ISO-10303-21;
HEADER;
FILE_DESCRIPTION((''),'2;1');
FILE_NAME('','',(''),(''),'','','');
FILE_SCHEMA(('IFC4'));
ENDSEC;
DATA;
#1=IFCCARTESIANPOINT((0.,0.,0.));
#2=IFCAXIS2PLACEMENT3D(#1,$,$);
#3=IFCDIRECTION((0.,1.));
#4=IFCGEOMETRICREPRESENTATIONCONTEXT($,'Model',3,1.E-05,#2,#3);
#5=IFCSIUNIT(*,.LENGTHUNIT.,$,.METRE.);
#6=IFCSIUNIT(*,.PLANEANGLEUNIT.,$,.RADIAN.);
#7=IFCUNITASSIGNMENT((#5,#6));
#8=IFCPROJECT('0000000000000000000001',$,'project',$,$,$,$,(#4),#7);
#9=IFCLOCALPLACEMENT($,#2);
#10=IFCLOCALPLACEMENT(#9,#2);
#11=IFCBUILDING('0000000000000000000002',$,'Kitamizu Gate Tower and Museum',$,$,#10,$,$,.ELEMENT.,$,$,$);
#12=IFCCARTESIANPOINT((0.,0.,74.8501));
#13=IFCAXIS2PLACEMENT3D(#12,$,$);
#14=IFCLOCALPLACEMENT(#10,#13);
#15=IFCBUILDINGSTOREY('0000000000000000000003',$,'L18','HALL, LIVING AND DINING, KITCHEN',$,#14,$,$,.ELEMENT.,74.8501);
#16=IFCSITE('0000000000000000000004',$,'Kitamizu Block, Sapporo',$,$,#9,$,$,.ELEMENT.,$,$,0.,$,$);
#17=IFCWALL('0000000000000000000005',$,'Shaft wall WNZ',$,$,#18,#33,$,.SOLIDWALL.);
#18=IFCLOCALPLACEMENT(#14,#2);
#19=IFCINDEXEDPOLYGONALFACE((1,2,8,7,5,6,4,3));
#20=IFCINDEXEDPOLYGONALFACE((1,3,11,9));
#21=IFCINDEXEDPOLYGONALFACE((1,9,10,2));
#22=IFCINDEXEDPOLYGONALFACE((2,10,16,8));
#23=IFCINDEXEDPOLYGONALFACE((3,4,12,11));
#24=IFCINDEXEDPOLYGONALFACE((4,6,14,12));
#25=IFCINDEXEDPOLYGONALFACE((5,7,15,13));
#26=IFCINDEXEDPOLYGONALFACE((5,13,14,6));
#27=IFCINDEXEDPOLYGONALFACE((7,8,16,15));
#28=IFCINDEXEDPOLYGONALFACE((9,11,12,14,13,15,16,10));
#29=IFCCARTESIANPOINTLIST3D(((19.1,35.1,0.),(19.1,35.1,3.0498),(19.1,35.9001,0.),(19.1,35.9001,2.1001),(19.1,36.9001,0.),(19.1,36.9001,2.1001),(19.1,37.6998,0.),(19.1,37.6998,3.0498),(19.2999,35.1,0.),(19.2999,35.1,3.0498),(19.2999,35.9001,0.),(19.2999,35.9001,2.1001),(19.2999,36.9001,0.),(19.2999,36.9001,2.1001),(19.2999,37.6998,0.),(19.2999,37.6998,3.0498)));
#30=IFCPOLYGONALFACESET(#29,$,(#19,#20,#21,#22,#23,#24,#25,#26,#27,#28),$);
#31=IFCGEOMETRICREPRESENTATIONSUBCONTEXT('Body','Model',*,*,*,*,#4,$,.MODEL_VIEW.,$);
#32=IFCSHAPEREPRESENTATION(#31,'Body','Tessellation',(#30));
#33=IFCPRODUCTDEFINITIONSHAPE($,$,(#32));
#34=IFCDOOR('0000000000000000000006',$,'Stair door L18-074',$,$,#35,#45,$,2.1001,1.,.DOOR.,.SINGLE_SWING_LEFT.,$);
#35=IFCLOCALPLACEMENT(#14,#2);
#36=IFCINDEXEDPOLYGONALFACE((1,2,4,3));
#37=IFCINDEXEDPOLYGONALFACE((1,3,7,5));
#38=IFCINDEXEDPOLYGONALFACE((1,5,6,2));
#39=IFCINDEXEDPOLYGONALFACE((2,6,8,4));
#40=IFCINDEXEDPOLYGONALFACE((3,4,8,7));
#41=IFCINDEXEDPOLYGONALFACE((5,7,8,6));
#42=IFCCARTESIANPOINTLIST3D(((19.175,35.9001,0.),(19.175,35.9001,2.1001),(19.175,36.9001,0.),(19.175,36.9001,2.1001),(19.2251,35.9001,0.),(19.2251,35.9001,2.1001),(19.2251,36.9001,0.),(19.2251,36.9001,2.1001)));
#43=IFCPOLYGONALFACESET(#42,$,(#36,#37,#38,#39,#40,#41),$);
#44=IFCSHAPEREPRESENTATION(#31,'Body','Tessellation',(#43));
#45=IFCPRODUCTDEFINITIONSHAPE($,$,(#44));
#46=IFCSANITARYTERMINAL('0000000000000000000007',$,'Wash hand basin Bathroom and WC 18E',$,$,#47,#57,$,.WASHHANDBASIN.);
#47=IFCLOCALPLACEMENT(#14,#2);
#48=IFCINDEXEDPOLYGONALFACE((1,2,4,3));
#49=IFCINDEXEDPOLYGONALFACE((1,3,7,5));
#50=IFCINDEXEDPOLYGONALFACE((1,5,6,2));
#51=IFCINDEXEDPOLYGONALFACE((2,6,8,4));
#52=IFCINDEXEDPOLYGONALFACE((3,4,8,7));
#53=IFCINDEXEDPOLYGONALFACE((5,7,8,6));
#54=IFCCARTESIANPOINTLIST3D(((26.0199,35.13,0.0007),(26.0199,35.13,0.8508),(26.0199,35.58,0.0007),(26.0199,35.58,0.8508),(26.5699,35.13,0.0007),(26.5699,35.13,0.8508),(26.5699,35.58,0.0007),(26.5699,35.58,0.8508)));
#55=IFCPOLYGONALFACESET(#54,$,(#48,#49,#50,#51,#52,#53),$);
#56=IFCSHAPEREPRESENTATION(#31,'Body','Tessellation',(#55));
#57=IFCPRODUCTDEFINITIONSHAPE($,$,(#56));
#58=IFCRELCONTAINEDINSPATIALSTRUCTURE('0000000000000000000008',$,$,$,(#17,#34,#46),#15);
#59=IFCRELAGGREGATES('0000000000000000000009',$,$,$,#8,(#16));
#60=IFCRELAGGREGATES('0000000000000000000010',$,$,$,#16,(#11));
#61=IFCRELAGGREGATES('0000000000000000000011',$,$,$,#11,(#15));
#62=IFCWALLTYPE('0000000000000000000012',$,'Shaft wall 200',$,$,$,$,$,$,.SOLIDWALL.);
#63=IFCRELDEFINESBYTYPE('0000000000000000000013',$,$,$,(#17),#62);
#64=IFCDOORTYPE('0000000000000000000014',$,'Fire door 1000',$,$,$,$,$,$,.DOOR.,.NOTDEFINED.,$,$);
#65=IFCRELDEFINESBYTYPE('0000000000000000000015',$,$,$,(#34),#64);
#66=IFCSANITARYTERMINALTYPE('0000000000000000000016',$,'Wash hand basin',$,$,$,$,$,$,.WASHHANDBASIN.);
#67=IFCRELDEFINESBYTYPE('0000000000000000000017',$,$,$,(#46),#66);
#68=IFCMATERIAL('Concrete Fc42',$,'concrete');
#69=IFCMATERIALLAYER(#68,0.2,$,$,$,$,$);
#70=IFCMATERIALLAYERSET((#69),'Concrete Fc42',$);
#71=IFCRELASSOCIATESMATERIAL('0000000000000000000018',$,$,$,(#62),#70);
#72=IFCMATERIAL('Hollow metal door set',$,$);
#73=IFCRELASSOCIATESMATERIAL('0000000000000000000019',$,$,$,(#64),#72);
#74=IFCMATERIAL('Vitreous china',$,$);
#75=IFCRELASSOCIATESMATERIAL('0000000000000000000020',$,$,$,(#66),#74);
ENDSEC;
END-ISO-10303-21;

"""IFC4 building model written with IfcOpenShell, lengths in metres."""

from ifc_helpers import new_model, si_unit, direction, frame, frame_2d, origin, origin_2d, place, context, subcontext, project, spatial, rectangle, extrude, material, layer, layer_set, type_object, element, fill, save


model = new_model("IFC4")

# Units and contexts
model_context = context("Model", 3, precision=1e-05, world=origin(), true_north=direction((0.0, 1.0)))
body_context = subcontext(model_context, "Body", "Model", "MODEL_VIEW")
ifc_project = project(units=[si_unit("LENGTHUNIT", "METRE"), si_unit("PLANEANGLEUNIT", "RADIAN")], contexts=[model_context])

# Site, building, storey
site_placement = place(None, origin())
site = spatial("IfcSite", under=ifc_project, at=site_placement, Name="Kitamizu Block, Sapporo", CompositionType="ELEMENT", RefElevation=0.0)
building_placement = place(site_placement, origin())
building = spatial("IfcBuilding", under=site, at=building_placement, Name="Kitamizu Gate Tower and Museum", CompositionType="ELEMENT")
storey_placement = place(building_placement, frame((0.0, 0.0, 74.8501)))
storey = spatial("IfcBuildingStorey", under=building, at=storey_placement, Name="L18", Description="HALL, LIVING AND DINING, KITCHEN", CompositionType="ELEMENT", Elevation=74.8501)

# Wall, opening, door
ifc_material_1 = material(Name="Concrete Fc42", Category="concrete")
ifc_layer_1 = layer(ifc_material_1, 0.2)
ifc_layer_set_1 = layer_set([ifc_layer_1], Name="Concrete Fc42")
wall_type_1 = type_object("IfcWallType", Name="Shaft wall 200", PredefinedType="SOLIDWALL", material=ifc_layer_set_1)
wall_1_placement = place(storey_placement, frame((19.2, 35.1001, 0.0), z_axis=(0.0, 0.0, 1.0), x_axis=(0.0, 1.0, 0.0)))
wall_1 = element("IfcWall", 1, at=wall_1_placement, inside=storey, type_object=wall_type_1, Name="Shaft wall WNZ", PredefinedType="SOLIDWALL", context=body_context, shape_type="SweptSolid", body=[
    extrude(rectangle(XDim=2.5999, YDim=0.2, at=frame_2d((1.2998, 0.0))), origin(), (0.0, 0.0, 1.0), 3.0498),
])
opening_1_placement = place(wall_1_placement, frame((0.8, 0.0, 0.0)))
opening_1 = element("IfcOpeningElement", 2, at=opening_1_placement, cuts=wall_1, PredefinedType="OPENING", context=body_context, shape_type="SweptSolid", body=[
    extrude(rectangle(XDim=1.0, YDim=2.1001, at=frame_2d((0.5, 1.05))), frame((0.0, 0.1099, 0.0), z_axis=(0.0, -1.0, 0.0), x_axis=(1.0, 0.0, 0.0)), (0.0, 0.0, 1.0), 0.22),
])
ifc_material_2 = material(Name="Hollow metal door set")
door_type_1 = type_object("IfcDoorType", Name="Fire door 1000", OperationType="NOTDEFINED", PredefinedType="DOOR", material=ifc_material_2)
door_1_placement = place(opening_1_placement, origin())
door_1 = element("IfcDoor", 3, at=door_1_placement, inside=storey, type_object=door_type_1, Name="Stair door L18-074", OperationType="SINGLE_SWING_LEFT", OverallHeight=2.1001, OverallWidth=1.0, PredefinedType="DOOR", context=body_context, shape_type="SweptSolid", body=[
    extrude(rectangle(XDim=1.0, YDim=2.1001, at=frame_2d((0.5, 1.05))), frame((0.0, 0.0249, 0.0), z_axis=(0.0, -1.0, 0.0), x_axis=(1.0, 0.0, 0.0)), (0.0, 0.0, 1.0), 0.05),
])
fill(opening_1, door_1)

# Sanitary terminal
ifc_material_3 = material(Name="Vitreous china")
sanitary_terminal_type = type_object("IfcSanitaryTerminalType", Name="Wash hand basin", PredefinedType="WASHHANDBASIN", material=ifc_material_3)
sanitary_terminal_placement = place(storey_placement, frame((26.2949, 35.355, 0.0007), z_axis=(0.0, 0.0, 1.0), x_axis=(1.0, 0.0, 0.0)))
element("IfcSanitaryTerminal", 4, at=sanitary_terminal_placement, inside=storey, type_object=sanitary_terminal_type, Name="Wash hand basin Bathroom and WC 18E", PredefinedType="WASHHANDBASIN", context=body_context, shape_type="SweptSolid", body=[
    extrude(rectangle(XDim=0.55, YDim=0.45, at=origin_2d()), origin(), (0.0, 0.0, 1.0), 0.8501),
])

save(model, "model.ifc")
